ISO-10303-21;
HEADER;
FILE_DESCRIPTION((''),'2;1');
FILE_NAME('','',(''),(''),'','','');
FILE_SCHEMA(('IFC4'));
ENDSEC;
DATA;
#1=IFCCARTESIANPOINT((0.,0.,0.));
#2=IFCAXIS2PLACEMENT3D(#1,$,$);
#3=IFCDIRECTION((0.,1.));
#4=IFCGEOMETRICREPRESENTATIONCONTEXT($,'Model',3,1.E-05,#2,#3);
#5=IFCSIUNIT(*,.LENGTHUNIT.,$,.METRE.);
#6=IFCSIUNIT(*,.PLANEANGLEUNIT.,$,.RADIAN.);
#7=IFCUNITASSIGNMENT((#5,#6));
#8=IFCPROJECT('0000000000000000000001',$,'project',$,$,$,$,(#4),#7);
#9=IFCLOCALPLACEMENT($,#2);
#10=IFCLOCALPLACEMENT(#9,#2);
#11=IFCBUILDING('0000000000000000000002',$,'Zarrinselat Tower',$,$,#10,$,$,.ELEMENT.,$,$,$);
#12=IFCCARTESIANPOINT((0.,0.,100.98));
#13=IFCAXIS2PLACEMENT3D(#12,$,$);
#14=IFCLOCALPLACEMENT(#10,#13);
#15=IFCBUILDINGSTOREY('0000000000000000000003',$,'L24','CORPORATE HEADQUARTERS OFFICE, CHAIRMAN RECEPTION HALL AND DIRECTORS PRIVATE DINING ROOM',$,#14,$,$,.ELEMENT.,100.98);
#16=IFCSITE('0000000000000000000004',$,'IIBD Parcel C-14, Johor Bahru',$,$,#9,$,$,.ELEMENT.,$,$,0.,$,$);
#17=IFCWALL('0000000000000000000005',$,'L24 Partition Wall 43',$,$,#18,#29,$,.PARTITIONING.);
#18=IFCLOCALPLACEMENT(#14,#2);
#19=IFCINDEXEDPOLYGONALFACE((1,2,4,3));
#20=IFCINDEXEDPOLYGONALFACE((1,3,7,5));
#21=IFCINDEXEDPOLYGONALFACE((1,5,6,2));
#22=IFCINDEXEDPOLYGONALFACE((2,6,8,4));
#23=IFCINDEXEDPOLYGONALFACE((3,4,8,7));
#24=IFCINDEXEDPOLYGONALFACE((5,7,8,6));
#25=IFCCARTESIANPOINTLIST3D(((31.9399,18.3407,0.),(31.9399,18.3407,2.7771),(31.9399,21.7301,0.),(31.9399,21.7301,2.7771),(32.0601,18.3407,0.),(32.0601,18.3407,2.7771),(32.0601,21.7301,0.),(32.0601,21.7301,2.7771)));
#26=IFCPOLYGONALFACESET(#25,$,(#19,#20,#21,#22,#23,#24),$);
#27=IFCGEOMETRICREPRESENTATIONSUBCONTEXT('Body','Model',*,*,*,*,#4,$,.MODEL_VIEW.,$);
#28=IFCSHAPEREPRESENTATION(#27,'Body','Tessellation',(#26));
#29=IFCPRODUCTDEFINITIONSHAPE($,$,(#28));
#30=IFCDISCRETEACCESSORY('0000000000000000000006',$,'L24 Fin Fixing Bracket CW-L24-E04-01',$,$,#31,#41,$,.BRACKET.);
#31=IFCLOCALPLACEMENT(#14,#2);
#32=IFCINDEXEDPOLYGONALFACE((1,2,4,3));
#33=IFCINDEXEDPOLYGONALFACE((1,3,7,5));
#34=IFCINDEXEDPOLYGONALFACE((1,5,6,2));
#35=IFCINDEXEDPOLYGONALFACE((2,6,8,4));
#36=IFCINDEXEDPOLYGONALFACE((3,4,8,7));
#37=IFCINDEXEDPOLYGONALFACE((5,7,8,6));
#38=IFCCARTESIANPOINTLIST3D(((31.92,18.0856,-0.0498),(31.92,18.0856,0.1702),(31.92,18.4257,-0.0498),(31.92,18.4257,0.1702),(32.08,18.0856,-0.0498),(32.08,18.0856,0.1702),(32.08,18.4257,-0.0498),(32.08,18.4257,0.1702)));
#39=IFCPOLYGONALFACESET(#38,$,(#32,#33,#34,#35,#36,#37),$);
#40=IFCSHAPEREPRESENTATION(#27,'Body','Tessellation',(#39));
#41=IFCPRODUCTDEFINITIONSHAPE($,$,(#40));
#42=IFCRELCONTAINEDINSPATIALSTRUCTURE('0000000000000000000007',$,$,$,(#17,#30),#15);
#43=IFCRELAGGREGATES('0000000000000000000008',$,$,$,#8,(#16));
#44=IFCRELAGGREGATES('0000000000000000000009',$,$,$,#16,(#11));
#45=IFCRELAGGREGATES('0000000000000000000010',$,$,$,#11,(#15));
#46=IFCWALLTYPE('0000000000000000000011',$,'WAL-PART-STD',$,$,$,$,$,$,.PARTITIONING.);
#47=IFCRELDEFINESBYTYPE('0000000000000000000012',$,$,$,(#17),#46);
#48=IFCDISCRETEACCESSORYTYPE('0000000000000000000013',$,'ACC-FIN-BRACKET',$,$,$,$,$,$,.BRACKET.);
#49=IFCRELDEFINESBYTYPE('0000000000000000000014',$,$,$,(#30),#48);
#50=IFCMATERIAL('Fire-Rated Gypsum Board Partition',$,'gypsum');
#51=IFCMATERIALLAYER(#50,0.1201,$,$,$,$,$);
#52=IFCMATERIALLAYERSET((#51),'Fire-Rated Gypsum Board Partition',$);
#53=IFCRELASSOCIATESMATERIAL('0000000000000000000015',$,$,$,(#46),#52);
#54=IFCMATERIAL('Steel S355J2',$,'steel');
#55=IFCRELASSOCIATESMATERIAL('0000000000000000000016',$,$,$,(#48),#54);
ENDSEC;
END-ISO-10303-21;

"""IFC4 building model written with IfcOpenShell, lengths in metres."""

from ifc_helpers import new_model, si_unit, direction, frame, frame_2d, origin, origin_2d, place, context, subcontext, project, spatial, rectangle, extrude, material, layer, layer_set, type_object, element, save


model = new_model("IFC4")

# Units and contexts
model_context = context("Model", 3, precision=1e-05, world=origin(), true_north=direction((0.0, 1.0)))
body_context = subcontext(model_context, "Body", "Model", "MODEL_VIEW")
ifc_project = project(units=[si_unit("LENGTHUNIT", "METRE"), si_unit("PLANEANGLEUNIT", "RADIAN")], contexts=[model_context])

# Site, building, storey
site_placement = place(None, origin())
site = spatial("IfcSite", under=ifc_project, at=site_placement, Name="IIBD Parcel C-14, Johor Bahru", CompositionType="ELEMENT", RefElevation=0.0)
building_placement = place(site_placement, origin())
building = spatial("IfcBuilding", under=site, at=building_placement, Name="Zarrinselat Tower", CompositionType="ELEMENT")
storey_placement = place(building_placement, frame((0.0, 0.0, 100.98)))
storey = spatial("IfcBuildingStorey", under=building, at=storey_placement, Name="L24", Description="CORPORATE HEADQUARTERS OFFICE, CHAIRMAN RECEPTION HALL AND DIRECTORS PRIVATE DINING ROOM", CompositionType="ELEMENT", Elevation=100.98)

# Wall
ifc_material_1 = material(Name="Fire-Rated Gypsum Board Partition", Category="gypsum")
ifc_layer_1 = layer(ifc_material_1, 0.1201)
ifc_layer_set_1 = layer_set([ifc_layer_1], Name="Fire-Rated Gypsum Board Partition")
wall_type_1 = type_object("IfcWallType", Name="WAL-PART-STD", PredefinedType="PARTITIONING", material=ifc_layer_set_1)
wall_1_placement = place(storey_placement, frame((32.0, 18.3406, 0.0), z_axis=(0.0, 0.0, 1.0), x_axis=(0.0, 1.0, 0.0)))
element("IfcWall", 1, at=wall_1_placement, inside=storey, type_object=wall_type_1, Name="L24 Partition Wall 43", PredefinedType="PARTITIONING", context=body_context, shape_type="SweptSolid", body=[
    extrude(rectangle(XDim=3.3894, YDim=0.1201, at=frame_2d((1.6948, 0.0))), origin(), (0.0, 0.0, 1.0), 2.7771),
])

# Discrete accessory
ifc_material_2 = material(Name="Steel S355J2", Category="steel")
discrete_accessory_type = type_object("IfcDiscreteAccessoryType", Name="ACC-FIN-BRACKET", PredefinedType="BRACKET", material=ifc_material_2)
discrete_accessory_placement = place(storey_placement, frame((32.0, 18.2556, -0.0498), z_axis=(0.0, 0.0, 1.0), x_axis=(0.0, -1.0, 0.0)))
element("IfcDiscreteAccessory", 2, at=discrete_accessory_placement, inside=storey, type_object=discrete_accessory_type, Name="L24 Fin Fixing Bracket CW-L24-E04-01", PredefinedType="BRACKET", context=body_context, shape_type="SweptSolid", body=[
    extrude(rectangle(XDim=0.3401, YDim=0.1599, at=origin_2d()), origin(), (0.0, 0.0, 1.0), 0.22),
])

save(model, "model.ifc")
